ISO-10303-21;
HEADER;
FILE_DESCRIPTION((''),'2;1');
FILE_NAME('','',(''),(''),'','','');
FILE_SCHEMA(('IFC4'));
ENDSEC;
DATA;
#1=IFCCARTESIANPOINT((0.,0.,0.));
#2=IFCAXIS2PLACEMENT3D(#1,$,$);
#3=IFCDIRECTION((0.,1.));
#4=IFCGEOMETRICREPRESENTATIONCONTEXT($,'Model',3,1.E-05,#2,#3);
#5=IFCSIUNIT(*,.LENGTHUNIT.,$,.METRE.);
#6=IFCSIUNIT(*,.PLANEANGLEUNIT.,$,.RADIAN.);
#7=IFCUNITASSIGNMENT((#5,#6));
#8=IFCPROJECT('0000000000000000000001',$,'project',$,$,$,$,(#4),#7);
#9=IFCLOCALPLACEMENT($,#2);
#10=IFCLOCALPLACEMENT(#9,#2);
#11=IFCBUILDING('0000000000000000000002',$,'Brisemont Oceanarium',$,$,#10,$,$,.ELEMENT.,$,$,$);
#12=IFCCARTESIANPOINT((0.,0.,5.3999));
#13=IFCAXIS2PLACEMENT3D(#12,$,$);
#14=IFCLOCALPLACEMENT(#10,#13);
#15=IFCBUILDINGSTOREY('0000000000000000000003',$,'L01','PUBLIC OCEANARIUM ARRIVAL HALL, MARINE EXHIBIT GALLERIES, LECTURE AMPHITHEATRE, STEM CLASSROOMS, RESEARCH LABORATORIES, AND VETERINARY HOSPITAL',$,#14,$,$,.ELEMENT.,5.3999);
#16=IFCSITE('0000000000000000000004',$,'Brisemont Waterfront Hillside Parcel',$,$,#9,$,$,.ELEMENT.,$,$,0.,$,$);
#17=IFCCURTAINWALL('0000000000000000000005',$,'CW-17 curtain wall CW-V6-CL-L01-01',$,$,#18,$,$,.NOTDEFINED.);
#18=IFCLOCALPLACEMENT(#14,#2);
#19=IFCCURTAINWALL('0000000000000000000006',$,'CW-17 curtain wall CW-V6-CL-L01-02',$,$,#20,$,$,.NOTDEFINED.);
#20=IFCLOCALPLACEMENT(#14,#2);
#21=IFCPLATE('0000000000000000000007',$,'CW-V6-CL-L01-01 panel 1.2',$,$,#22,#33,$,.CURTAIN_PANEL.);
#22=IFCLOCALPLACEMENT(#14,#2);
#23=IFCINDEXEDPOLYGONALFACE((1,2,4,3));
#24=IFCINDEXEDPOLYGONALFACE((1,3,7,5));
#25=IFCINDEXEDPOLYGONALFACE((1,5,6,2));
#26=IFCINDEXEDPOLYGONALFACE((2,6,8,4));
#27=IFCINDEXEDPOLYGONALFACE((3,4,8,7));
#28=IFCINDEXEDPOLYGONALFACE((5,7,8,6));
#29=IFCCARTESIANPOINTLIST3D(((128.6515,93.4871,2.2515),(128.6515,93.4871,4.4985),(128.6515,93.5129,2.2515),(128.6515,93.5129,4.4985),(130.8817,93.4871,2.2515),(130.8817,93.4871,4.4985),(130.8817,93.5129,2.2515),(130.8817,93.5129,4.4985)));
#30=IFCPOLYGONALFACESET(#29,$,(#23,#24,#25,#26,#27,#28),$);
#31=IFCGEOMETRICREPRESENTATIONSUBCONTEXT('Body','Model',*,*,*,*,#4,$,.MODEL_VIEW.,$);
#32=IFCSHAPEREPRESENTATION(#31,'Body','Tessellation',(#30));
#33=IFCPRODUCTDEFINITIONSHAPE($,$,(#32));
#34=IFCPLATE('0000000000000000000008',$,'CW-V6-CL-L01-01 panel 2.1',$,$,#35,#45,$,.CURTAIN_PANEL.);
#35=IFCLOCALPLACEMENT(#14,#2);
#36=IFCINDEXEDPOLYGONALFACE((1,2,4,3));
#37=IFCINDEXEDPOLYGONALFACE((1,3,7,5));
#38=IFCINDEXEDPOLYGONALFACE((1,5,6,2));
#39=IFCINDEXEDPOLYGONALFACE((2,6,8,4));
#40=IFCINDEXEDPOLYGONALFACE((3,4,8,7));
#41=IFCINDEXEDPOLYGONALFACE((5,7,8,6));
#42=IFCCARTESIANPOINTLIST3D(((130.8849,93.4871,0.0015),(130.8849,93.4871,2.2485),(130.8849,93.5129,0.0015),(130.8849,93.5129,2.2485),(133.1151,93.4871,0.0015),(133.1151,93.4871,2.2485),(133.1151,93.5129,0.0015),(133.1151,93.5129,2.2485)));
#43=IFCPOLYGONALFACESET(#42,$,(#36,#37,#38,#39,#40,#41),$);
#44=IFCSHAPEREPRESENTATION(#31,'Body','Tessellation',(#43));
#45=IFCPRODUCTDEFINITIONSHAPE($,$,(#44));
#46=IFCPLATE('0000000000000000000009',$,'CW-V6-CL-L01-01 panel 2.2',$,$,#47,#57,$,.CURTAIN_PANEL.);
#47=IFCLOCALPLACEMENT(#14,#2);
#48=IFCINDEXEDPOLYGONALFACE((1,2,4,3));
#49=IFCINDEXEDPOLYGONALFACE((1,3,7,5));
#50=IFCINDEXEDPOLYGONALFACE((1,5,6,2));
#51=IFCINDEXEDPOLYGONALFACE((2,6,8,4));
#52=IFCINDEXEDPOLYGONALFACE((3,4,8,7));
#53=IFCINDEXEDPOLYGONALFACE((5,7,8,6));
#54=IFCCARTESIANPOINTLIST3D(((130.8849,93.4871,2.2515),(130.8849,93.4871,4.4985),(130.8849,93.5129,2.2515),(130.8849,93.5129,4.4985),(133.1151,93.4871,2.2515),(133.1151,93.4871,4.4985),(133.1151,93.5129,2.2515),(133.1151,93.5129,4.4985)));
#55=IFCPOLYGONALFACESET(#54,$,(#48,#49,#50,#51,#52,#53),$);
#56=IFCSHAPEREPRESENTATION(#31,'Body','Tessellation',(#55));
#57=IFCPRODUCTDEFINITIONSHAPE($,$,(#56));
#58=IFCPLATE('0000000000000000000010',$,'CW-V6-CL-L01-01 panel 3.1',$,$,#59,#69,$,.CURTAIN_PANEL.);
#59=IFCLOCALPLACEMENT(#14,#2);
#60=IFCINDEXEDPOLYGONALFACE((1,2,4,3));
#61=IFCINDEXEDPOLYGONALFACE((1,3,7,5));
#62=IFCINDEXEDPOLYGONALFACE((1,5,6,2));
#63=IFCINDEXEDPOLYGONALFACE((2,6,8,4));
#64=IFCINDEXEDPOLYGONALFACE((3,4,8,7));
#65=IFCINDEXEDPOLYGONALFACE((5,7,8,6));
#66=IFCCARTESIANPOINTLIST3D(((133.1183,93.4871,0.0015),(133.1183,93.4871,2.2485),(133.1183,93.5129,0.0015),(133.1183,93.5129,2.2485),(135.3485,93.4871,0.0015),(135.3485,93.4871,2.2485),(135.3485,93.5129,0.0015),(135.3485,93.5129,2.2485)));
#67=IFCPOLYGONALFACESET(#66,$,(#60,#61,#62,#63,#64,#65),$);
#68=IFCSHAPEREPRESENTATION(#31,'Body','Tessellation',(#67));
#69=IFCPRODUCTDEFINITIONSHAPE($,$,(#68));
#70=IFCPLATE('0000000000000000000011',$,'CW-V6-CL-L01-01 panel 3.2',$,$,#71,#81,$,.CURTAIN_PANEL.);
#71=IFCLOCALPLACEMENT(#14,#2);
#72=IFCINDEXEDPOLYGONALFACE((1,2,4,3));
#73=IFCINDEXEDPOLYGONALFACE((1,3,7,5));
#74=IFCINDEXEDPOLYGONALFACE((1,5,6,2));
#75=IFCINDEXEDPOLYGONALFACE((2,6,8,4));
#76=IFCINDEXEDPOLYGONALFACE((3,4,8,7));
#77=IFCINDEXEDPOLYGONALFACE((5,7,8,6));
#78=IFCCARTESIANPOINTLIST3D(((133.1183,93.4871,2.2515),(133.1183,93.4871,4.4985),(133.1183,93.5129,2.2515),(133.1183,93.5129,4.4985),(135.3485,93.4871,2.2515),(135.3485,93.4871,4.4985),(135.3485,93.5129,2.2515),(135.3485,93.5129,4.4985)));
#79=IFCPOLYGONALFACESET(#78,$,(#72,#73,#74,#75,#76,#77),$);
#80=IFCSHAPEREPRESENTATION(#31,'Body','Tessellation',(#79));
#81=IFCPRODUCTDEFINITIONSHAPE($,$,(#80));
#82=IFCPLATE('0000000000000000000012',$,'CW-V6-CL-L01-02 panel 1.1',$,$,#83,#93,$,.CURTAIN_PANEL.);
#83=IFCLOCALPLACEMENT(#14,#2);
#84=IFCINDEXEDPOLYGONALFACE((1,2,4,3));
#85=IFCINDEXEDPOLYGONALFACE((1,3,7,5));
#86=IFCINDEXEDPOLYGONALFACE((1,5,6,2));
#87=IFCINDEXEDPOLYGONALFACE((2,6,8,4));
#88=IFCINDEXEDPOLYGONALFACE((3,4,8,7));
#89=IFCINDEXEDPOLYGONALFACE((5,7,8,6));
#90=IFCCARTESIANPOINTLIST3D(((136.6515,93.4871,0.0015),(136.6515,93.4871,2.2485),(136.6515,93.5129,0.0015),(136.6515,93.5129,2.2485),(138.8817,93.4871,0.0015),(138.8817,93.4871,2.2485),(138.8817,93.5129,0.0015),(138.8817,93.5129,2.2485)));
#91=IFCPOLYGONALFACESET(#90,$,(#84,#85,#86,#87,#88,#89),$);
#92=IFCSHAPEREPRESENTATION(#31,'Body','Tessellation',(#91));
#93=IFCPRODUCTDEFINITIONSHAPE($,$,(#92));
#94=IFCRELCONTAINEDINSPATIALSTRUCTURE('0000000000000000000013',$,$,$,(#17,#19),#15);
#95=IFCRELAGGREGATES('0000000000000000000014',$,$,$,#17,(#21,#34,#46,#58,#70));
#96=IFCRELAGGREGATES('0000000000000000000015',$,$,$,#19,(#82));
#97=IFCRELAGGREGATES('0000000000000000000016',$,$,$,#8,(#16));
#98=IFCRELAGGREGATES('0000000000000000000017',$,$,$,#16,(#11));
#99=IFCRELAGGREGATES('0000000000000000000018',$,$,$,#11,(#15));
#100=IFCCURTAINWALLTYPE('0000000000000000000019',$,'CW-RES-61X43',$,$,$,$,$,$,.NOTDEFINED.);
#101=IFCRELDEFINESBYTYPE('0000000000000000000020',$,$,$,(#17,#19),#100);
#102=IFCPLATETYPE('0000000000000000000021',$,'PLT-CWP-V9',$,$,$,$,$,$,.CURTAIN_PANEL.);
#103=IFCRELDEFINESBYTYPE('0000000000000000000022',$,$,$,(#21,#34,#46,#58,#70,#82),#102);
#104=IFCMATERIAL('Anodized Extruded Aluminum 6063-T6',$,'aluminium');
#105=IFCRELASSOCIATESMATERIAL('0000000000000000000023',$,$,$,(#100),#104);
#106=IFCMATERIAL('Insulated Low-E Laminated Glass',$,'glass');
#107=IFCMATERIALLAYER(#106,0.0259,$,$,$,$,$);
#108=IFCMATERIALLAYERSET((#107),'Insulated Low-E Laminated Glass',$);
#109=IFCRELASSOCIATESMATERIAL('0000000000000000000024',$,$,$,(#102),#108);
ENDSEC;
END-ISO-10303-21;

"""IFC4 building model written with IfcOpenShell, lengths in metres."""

from ifc_helpers import new_model, si_unit, direction, frame, origin, origin_2d, place, context, subcontext, project, spatial, rectangle, extrude, material, layer, layer_set, type_object, element, aggregate, save


model = new_model("IFC4")

# Units and contexts
model_context = context("Model", 3, precision=1e-05, world=origin(), true_north=direction((0.0, 1.0)))
body_context = subcontext(model_context, "Body", "Model", "MODEL_VIEW")
ifc_project = project(units=[si_unit("LENGTHUNIT", "METRE"), si_unit("PLANEANGLEUNIT", "RADIAN")], contexts=[model_context])

# Site, building, storey
site_placement = place(None, origin())
site = spatial("IfcSite", under=ifc_project, at=site_placement, Name="Brisemont Waterfront Hillside Parcel", CompositionType="ELEMENT", RefElevation=0.0)
building_placement = place(site_placement, origin())
building = spatial("IfcBuilding", under=site, at=building_placement, Name="Brisemont Oceanarium", CompositionType="ELEMENT")
storey_placement = place(building_placement, frame((0.0, 0.0, 5.3999)))
storey = spatial("IfcBuildingStorey", under=building, at=storey_placement, Name="L01", Description="PUBLIC OCEANARIUM ARRIVAL HALL, MARINE EXHIBIT GALLERIES, LECTURE AMPHITHEATRE, STEM CLASSROOMS, RESEARCH LABORATORIES, AND VETERINARY HOSPITAL", CompositionType="ELEMENT", Elevation=5.3999)

# Curtain wall
ifc_material_1 = material(Name="Anodized Extruded Aluminum 6063-T6", Category="aluminium")
curtain_wall_type = type_object("IfcCurtainWallType", Name="CW-RES-61X43", PredefinedType="NOTDEFINED", material=ifc_material_1)
curtain_wall_1_placement = place(storey_placement, origin())
curtain_wall_1 = element("IfcCurtainWall", 1, at=curtain_wall_1_placement, inside=storey, type_object=curtain_wall_type, Name="CW-17 curtain wall CW-V6-CL-L01-01", PredefinedType="NOTDEFINED")

# Curtain wall
curtain_wall_2_placement = place(storey_placement, origin())
curtain_wall_2 = element("IfcCurtainWall", 2, at=curtain_wall_2_placement, inside=storey, type_object=curtain_wall_type, Name="CW-17 curtain wall CW-V6-CL-L01-02", PredefinedType="NOTDEFINED")

# Plates
ifc_material_2 = material(Name="Insulated Low-E Laminated Glass", Category="glass")
ifc_layer = layer(ifc_material_2, 0.0259)
ifc_layer_set = layer_set([ifc_layer], Name="Insulated Low-E Laminated Glass")
plate_type = type_object("IfcPlateType", Name="PLT-CWP-V9", PredefinedType="CURTAIN_PANEL", material=ifc_layer_set)
plate_1_placement = place(storey_placement, frame((129.7666, 93.5, 2.2515), z_axis=(0.0, 0.0, 1.0), x_axis=(1.0, 0.0, 0.0)))
plate_1 = element("IfcPlate", 3, at=plate_1_placement, type_object=plate_type, Name="CW-V6-CL-L01-01 panel 1.2", PredefinedType="CURTAIN_PANEL", context=body_context, shape_type="SweptSolid", body=[
    extrude(rectangle(XDim=2.2302, YDim=0.0259, at=origin_2d()), origin(), (0.0, 0.0, 1.0), 2.2471),
])
plate_2_placement = place(storey_placement, frame((132.0, 93.5, 0.0015), z_axis=(0.0, 0.0, 1.0), x_axis=(1.0, 0.0, 0.0)))
plate_2 = element("IfcPlate", 4, at=plate_2_placement, type_object=plate_type, Name="CW-V6-CL-L01-01 panel 2.1", PredefinedType="CURTAIN_PANEL", context=body_context, shape_type="SweptSolid", body=[
    extrude(rectangle(XDim=2.2302, YDim=0.0259, at=origin_2d()), origin(), (0.0, 0.0, 1.0), 2.2471),
])
plate_3_placement = place(storey_placement, frame((132.0, 93.5, 2.2515), z_axis=(0.0, 0.0, 1.0), x_axis=(1.0, 0.0, 0.0)))
plate_3 = element("IfcPlate", 5, at=plate_3_placement, type_object=plate_type, Name="CW-V6-CL-L01-01 panel 2.2", PredefinedType="CURTAIN_PANEL", context=body_context, shape_type="SweptSolid", body=[
    extrude(rectangle(XDim=2.2302, YDim=0.0259, at=origin_2d()), origin(), (0.0, 0.0, 1.0), 2.2471),
])
plate_4_placement = place(storey_placement, frame((134.2334, 93.5, 0.0015), z_axis=(0.0, 0.0, 1.0), x_axis=(1.0, 0.0, 0.0)))
plate_4 = element("IfcPlate", 6, at=plate_4_placement, type_object=plate_type, Name="CW-V6-CL-L01-01 panel 3.1", PredefinedType="CURTAIN_PANEL", context=body_context, shape_type="SweptSolid", body=[
    extrude(rectangle(XDim=2.2302, YDim=0.0259, at=origin_2d()), origin(), (0.0, 0.0, 1.0), 2.2471),
])
plate_5_placement = place(storey_placement, frame((134.2334, 93.5, 2.2515), z_axis=(0.0, 0.0, 1.0), x_axis=(1.0, 0.0, 0.0)))
plate_5 = element("IfcPlate", 7, at=plate_5_placement, type_object=plate_type, Name="CW-V6-CL-L01-01 panel 3.2", PredefinedType="CURTAIN_PANEL", context=body_context, shape_type="SweptSolid", body=[
    extrude(rectangle(XDim=2.2302, YDim=0.0259, at=origin_2d()), origin(), (0.0, 0.0, 1.0), 2.2471),
])
aggregate(curtain_wall_1, [plate_1, plate_2, plate_3, plate_4, plate_5])
plate_6_placement = place(storey_placement, frame((137.7666, 93.5, 0.0015), z_axis=(0.0, 0.0, 1.0), x_axis=(1.0, 0.0, 0.0)))
plate_6 = element("IfcPlate", 8, at=plate_6_placement, type_object=plate_type, Name="CW-V6-CL-L01-02 panel 1.1", PredefinedType="CURTAIN_PANEL", context=body_context, shape_type="SweptSolid", body=[
    extrude(rectangle(XDim=2.2302, YDim=0.0259, at=origin_2d()), origin(), (0.0, 0.0, 1.0), 2.2471),
])
aggregate(curtain_wall_2, [plate_6])

save(model, "model.ifc")
